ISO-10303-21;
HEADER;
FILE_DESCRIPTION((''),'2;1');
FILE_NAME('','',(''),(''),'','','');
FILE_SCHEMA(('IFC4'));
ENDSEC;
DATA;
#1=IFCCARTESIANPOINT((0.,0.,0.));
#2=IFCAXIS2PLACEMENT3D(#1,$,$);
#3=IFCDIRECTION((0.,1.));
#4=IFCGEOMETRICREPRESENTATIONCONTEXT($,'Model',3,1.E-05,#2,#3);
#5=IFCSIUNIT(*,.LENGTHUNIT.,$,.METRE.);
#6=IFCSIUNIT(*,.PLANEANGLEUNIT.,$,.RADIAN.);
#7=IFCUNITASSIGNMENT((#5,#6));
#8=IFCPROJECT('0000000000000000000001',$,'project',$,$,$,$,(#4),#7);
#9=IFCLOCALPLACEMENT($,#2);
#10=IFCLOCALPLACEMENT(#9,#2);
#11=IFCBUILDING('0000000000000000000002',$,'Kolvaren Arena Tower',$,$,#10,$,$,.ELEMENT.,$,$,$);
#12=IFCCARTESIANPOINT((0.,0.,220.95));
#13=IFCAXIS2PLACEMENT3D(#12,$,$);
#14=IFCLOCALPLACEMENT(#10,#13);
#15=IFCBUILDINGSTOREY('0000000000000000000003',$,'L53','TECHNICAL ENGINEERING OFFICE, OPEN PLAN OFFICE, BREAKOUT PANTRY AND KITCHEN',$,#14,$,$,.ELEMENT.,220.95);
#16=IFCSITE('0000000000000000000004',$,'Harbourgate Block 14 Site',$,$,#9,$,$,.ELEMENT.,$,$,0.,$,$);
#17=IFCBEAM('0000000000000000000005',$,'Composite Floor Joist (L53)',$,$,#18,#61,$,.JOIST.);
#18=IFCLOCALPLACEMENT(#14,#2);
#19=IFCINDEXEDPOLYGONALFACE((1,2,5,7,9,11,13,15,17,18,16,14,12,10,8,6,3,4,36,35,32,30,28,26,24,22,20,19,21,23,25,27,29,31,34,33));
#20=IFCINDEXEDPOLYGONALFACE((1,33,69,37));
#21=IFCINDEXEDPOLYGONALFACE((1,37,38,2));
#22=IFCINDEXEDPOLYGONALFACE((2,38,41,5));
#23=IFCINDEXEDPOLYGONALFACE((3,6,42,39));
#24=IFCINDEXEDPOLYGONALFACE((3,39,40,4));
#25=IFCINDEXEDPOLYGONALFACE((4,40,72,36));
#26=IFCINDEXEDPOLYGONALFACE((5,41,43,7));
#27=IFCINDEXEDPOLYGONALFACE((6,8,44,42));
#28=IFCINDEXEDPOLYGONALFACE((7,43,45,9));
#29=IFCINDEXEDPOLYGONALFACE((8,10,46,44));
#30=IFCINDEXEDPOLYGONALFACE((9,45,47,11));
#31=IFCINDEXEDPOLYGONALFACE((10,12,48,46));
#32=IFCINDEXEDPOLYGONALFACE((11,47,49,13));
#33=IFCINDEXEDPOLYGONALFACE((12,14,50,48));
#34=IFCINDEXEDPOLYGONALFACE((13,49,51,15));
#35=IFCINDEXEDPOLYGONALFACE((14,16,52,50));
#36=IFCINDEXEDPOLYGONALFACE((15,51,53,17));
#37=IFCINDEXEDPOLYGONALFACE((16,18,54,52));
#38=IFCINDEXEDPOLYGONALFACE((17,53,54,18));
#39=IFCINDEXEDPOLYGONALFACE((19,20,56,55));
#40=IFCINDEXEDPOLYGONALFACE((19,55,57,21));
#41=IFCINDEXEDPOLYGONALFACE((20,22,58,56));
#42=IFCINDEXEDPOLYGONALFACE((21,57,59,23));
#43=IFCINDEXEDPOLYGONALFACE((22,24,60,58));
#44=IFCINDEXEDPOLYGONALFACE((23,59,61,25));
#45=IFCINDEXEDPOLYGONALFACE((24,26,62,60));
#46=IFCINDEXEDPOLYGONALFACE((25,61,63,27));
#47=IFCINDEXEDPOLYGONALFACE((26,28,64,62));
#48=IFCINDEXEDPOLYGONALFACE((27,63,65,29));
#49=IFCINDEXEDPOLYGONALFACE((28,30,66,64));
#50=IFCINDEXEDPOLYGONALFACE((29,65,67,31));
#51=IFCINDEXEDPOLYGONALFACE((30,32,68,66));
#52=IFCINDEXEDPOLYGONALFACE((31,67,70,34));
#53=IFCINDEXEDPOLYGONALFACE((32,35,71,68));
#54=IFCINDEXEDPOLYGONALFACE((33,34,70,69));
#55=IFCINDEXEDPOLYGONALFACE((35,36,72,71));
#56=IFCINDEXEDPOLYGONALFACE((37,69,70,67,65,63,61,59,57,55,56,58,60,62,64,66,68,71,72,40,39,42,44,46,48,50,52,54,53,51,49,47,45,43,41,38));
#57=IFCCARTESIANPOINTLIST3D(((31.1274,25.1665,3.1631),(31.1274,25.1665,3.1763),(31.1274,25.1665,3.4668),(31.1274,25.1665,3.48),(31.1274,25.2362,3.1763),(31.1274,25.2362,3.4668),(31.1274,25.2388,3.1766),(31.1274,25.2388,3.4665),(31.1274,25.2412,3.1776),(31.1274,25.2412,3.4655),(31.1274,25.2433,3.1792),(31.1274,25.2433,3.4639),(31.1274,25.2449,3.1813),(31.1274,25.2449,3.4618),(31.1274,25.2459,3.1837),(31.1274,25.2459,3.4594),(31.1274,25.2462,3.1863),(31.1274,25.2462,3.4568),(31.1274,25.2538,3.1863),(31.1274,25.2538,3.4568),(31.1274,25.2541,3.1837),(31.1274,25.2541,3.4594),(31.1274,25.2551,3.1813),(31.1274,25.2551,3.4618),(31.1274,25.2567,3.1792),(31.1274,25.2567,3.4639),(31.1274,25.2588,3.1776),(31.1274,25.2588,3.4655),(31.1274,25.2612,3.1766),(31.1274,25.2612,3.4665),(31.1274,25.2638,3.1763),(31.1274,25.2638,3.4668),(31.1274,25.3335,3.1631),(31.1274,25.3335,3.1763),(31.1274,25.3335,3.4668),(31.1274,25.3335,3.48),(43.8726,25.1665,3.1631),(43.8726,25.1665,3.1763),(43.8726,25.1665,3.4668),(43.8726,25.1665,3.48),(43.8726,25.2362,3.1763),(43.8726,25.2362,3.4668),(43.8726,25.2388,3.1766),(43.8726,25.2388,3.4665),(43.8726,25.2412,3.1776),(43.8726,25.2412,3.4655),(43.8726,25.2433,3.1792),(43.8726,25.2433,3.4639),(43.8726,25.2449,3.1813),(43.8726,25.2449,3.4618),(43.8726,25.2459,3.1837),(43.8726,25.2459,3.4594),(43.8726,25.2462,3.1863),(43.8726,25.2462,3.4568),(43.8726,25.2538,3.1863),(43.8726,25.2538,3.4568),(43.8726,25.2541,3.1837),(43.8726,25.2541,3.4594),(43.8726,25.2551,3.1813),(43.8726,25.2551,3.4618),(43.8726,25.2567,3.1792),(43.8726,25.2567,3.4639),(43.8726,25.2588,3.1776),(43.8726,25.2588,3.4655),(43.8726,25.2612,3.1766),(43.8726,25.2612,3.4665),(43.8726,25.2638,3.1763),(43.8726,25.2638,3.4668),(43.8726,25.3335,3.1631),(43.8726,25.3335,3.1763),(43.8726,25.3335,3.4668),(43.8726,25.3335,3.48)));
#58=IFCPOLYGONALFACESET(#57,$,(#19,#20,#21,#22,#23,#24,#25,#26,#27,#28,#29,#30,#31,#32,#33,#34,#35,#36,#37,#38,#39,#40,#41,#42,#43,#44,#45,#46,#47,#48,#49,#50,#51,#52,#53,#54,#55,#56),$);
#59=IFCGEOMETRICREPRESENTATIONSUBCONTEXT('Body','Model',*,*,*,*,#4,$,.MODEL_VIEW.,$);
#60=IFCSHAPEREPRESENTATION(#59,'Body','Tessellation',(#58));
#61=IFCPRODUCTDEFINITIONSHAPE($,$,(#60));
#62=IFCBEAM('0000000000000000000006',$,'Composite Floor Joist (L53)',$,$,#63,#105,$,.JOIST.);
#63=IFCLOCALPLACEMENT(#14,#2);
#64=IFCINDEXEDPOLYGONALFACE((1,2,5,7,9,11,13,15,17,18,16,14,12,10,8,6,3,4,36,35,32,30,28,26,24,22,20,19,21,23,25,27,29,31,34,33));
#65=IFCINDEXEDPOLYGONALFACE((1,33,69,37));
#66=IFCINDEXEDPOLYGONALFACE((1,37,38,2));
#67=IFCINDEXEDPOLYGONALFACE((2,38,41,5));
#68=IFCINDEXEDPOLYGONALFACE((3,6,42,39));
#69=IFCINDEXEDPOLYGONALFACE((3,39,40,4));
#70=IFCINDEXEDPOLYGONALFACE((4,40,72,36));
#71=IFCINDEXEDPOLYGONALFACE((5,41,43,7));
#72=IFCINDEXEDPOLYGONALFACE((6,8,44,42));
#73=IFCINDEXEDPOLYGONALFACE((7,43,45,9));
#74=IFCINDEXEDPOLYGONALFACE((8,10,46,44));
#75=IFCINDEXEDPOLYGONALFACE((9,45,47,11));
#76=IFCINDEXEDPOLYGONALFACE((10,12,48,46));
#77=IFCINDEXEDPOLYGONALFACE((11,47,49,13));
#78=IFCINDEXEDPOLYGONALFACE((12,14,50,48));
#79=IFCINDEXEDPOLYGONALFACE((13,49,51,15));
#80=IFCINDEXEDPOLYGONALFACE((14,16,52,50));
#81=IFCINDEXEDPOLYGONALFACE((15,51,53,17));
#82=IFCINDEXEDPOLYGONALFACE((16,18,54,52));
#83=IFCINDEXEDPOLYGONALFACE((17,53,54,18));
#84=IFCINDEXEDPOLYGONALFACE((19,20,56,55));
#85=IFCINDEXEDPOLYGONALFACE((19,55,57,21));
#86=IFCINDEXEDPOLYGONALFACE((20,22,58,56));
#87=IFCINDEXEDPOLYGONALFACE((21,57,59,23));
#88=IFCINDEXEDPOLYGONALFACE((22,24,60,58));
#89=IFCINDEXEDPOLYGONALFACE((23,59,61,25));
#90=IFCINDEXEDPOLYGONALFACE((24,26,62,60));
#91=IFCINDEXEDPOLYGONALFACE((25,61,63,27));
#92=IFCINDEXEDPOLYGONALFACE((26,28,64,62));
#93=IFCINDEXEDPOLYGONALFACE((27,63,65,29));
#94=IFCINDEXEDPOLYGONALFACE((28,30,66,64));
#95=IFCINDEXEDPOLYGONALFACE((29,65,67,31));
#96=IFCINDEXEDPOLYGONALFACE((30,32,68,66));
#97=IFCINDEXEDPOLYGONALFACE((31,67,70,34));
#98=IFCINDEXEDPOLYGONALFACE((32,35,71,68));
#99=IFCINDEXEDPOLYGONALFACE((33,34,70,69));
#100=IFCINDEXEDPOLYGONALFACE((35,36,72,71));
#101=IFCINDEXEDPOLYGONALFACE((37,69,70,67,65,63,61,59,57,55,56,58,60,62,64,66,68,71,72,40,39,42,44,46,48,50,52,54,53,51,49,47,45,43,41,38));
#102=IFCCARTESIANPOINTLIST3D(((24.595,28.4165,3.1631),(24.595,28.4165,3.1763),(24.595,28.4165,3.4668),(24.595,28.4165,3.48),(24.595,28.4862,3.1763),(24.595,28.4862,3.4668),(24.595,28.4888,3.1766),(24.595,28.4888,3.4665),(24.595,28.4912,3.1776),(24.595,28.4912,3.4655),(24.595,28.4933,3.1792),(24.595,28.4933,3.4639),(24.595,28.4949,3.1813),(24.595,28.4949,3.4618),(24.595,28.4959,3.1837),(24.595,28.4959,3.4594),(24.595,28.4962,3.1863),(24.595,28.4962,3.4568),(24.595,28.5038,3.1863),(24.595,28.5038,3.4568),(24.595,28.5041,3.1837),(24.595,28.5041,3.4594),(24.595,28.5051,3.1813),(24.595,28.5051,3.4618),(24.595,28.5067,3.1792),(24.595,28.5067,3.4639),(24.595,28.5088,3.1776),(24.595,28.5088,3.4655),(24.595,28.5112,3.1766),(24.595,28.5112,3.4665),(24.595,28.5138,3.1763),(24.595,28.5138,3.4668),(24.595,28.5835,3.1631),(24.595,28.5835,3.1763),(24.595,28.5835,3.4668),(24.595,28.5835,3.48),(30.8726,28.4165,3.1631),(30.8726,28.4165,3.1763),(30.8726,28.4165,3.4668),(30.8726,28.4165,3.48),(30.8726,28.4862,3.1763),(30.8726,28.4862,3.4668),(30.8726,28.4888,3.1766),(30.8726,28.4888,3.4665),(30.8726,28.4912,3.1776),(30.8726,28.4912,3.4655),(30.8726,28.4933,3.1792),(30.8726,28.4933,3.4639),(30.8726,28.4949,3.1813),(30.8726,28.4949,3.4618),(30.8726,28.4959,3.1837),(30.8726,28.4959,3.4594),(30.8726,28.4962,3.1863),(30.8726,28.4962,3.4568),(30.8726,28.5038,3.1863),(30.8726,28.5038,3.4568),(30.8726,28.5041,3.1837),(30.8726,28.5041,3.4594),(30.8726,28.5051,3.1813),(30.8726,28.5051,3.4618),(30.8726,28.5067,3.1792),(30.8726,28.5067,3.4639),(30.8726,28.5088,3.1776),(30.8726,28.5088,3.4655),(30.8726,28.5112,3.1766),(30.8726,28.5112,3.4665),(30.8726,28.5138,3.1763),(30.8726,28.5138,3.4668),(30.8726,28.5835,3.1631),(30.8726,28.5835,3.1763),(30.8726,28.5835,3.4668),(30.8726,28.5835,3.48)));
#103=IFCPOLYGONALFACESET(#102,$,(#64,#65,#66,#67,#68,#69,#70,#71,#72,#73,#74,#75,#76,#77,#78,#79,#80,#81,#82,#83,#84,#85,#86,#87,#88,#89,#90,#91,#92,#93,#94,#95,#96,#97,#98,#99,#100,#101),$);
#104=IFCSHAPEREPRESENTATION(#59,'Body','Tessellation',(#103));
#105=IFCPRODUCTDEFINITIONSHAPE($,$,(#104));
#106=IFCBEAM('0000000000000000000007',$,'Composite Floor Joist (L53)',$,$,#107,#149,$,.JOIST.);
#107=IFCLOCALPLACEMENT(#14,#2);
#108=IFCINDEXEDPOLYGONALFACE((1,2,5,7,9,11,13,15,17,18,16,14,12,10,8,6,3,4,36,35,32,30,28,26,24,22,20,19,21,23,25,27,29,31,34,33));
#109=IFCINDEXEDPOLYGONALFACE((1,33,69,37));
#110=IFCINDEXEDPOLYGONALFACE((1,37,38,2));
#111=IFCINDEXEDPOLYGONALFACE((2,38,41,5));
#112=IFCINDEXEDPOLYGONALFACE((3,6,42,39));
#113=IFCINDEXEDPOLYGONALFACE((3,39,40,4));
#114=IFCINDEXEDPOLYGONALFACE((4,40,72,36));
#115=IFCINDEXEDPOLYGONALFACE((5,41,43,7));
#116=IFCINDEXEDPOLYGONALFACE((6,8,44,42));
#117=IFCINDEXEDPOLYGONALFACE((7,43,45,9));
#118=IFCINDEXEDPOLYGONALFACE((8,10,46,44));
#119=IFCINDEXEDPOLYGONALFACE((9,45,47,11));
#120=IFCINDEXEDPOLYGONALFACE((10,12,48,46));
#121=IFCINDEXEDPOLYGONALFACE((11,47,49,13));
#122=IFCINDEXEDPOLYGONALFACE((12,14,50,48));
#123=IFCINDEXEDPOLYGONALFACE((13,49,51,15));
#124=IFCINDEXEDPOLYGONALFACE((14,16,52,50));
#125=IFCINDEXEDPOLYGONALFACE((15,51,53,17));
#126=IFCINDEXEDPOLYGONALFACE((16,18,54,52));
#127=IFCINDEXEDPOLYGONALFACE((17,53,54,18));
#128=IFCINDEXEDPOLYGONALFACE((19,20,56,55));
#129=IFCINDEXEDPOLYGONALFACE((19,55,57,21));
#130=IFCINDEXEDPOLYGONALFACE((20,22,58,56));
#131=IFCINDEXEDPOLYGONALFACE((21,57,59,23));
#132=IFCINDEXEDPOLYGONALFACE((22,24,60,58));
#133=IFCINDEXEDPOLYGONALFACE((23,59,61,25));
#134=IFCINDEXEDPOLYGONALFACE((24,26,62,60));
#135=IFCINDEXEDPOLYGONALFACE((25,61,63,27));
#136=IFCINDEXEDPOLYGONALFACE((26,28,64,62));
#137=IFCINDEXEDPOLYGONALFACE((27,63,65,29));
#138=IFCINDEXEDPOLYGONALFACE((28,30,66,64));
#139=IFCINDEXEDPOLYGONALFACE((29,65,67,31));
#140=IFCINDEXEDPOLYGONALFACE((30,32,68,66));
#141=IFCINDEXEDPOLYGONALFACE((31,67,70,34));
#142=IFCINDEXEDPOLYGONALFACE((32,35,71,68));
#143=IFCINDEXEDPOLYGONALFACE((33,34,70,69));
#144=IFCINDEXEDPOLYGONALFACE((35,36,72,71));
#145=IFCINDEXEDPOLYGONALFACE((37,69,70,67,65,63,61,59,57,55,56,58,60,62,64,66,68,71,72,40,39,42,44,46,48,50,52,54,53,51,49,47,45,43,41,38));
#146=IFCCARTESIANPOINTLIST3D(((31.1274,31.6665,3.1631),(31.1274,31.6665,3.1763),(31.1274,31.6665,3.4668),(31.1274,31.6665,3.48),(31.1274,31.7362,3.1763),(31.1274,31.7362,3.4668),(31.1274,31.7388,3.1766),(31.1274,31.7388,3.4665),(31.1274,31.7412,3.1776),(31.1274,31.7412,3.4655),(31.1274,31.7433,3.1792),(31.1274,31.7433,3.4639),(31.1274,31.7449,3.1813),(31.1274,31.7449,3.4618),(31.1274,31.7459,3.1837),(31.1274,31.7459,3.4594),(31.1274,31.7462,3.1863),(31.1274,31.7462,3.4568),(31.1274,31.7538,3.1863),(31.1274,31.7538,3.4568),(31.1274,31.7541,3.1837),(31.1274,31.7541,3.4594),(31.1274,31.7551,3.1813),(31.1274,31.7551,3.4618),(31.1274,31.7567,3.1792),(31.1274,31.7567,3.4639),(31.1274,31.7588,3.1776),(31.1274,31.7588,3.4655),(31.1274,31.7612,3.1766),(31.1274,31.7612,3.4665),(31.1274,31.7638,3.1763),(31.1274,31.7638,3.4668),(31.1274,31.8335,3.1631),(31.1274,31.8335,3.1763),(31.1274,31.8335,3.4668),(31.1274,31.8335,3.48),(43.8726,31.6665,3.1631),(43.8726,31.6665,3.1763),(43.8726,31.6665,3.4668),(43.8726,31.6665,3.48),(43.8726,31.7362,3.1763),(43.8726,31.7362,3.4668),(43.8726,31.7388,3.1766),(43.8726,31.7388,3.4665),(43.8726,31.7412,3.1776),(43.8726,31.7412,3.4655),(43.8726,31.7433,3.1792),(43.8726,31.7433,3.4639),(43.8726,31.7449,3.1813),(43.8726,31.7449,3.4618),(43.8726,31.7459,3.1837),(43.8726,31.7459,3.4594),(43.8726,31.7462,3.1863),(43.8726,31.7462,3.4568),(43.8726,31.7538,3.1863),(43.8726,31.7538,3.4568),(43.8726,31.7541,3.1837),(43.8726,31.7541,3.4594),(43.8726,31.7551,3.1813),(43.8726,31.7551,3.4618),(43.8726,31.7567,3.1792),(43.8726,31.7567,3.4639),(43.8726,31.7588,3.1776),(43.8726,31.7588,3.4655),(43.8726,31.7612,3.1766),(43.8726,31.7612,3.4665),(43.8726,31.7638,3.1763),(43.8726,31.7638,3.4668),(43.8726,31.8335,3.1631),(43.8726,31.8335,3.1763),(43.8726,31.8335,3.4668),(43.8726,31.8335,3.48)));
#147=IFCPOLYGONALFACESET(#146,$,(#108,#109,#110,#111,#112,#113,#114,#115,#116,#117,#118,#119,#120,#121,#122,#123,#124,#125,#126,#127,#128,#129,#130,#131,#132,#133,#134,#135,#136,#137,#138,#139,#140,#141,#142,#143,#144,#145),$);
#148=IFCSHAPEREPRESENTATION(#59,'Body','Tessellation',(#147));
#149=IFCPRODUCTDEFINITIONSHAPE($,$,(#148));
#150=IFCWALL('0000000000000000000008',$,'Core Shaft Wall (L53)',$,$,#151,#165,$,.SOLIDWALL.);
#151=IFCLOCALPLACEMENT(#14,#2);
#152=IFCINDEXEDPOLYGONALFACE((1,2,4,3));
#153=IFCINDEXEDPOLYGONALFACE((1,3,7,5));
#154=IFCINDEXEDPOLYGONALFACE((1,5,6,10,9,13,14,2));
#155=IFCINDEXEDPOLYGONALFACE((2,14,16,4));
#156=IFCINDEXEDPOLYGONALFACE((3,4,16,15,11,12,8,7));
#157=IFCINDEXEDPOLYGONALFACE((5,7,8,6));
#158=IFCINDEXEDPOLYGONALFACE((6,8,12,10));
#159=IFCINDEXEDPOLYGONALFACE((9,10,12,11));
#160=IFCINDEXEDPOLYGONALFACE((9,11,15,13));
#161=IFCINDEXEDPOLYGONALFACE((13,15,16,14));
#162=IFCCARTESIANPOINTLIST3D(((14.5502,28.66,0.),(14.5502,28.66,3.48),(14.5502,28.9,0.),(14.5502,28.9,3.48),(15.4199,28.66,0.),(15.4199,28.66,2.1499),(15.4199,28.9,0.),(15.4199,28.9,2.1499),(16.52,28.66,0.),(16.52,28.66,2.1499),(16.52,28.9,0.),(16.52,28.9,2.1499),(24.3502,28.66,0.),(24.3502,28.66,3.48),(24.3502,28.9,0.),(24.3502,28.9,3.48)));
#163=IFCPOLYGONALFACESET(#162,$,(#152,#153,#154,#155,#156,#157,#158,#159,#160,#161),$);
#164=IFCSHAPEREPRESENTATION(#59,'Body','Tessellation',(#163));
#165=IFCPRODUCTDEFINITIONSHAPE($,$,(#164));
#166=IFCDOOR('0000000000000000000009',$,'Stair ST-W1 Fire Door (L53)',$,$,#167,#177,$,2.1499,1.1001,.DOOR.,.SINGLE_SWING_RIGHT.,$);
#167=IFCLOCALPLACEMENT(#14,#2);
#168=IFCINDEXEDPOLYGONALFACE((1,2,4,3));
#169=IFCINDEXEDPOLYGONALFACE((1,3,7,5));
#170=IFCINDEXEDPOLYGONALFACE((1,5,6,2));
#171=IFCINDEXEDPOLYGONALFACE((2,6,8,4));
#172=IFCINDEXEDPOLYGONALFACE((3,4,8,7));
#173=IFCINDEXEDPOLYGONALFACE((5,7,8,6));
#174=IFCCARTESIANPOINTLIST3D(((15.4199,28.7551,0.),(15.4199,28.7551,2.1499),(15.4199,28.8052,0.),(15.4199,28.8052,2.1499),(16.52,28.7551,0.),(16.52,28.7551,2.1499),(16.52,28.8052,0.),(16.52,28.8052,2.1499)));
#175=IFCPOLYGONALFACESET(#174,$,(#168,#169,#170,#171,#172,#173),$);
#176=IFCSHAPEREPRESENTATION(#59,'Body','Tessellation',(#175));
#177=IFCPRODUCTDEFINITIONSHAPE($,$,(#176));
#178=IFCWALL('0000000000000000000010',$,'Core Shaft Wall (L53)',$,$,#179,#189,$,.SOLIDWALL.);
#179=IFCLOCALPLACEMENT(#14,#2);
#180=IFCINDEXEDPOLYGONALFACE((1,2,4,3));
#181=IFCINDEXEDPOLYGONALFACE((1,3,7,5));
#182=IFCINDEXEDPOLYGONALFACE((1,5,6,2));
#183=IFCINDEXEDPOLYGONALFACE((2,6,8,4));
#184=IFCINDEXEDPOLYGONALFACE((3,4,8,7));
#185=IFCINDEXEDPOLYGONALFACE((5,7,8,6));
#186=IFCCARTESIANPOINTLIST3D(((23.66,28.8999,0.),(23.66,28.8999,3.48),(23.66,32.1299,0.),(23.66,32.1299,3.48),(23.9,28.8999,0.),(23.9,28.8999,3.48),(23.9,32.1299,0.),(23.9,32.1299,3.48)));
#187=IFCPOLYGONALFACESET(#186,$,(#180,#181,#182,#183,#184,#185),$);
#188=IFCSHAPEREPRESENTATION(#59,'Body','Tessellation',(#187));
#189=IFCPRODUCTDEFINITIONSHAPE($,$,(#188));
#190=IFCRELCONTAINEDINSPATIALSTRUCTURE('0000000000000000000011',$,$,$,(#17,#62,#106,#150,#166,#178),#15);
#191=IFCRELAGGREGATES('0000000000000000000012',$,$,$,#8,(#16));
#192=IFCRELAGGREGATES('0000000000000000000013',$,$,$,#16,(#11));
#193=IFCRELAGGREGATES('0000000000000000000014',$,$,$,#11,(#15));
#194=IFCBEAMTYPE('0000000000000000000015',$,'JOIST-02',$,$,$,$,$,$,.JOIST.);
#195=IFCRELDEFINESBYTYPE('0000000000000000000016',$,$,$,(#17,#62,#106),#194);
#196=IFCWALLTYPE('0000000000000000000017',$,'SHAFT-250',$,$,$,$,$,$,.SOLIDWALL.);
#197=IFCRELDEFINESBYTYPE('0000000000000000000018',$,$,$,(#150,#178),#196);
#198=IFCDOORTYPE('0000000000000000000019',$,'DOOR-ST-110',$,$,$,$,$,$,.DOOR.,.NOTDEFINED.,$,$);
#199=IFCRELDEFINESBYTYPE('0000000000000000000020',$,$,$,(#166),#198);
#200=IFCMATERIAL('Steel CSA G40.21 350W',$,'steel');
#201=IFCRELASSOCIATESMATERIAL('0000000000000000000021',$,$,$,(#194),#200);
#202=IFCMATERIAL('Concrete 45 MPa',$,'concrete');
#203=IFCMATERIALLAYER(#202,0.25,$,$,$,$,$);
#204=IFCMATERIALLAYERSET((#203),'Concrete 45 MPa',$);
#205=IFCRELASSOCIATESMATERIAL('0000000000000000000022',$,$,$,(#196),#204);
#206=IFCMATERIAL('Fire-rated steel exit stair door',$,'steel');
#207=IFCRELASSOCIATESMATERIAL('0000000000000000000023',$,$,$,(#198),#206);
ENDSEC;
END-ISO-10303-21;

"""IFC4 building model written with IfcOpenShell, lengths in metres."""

from ifc_helpers import new_model, si_unit, direction, frame, frame_2d, origin, origin_2d, place, context, subcontext, project, spatial, rectangle, i_section, extrude, material, layer, layer_set, material_profile, profile_set, type_object, element, fill, save


model = new_model("IFC4")

# Units and contexts
model_context = context("Model", 3, precision=1e-05, world=origin(), true_north=direction((0.0, 1.0)))
body_context = subcontext(model_context, "Body", "Model", "MODEL_VIEW")
ifc_project = project(units=[si_unit("LENGTHUNIT", "METRE"), si_unit("PLANEANGLEUNIT", "RADIAN")], contexts=[model_context])

# Site, building, storey
site_placement = place(None, origin())
site = spatial("IfcSite", under=ifc_project, at=site_placement, Name="Harbourgate Block 14 Site", CompositionType="ELEMENT", RefElevation=0.0)
building_placement = place(site_placement, origin())
building = spatial("IfcBuilding", under=site, at=building_placement, Name="Kolvaren Arena Tower", CompositionType="ELEMENT")
storey_placement = place(building_placement, frame((0.0, 0.0, 220.95)))
storey = spatial("IfcBuildingStorey", under=building, at=storey_placement, Name="L53", Description="TECHNICAL ENGINEERING OFFICE, OPEN PLAN OFFICE, BREAKOUT PANTRY AND KITCHEN", CompositionType="ELEMENT", Elevation=220.95)

# Beams
ifc_material_1 = material(Name="Steel CSA G40.21 350W", Category="steel")
ifc_material_profile_1 = material_profile(ifc_material_1, i_section(OverallWidth=0.167, OverallDepth=0.3169, WebThickness=0.0076, FlangeThickness=0.0132, FilletRadius=0.01, at=origin_2d()), Name="W310x52")
ifc_profile_set_1 = profile_set([ifc_material_profile_1], Name="Steel CSA G40.21 350W")
beam_type_1 = type_object("IfcBeamType", Name="JOIST-02", PredefinedType="JOIST", material=ifc_profile_set_1)
beam_1_placement = place(storey_placement, frame((31.1274, 25.25, 3.3215), z_axis=(1.0, 0.0, 0.0), x_axis=(0.0, 1.0, 0.0)))
element("IfcBeam", 1, at=beam_1_placement, inside=storey, type_object=beam_type_1, Name="Composite Floor Joist (L53)", PredefinedType="JOIST", context=body_context, shape_type="SweptSolid", body=[
    extrude(i_section(OverallWidth=0.167, OverallDepth=0.3169, WebThickness=0.0076, FlangeThickness=0.0132, FilletRadius=0.01, at=origin_2d()), origin(), (0.0, 0.0, 1.0), 12.7451),
])
beam_2_placement = place(storey_placement, frame((24.595, 28.5, 3.3215), z_axis=(1.0, 0.0, 0.0), x_axis=(0.0, 1.0, 0.0)))
element("IfcBeam", 2, at=beam_2_placement, inside=storey, type_object=beam_type_1, Name="Composite Floor Joist (L53)", PredefinedType="JOIST", context=body_context, shape_type="SweptSolid", body=[
    extrude(i_section(OverallWidth=0.167, OverallDepth=0.3169, WebThickness=0.0076, FlangeThickness=0.0132, FilletRadius=0.01, at=origin_2d()), origin(), (0.0, 0.0, 1.0), 6.2776),
])
beam_3_placement = place(storey_placement, frame((31.1274, 31.75, 3.3215), z_axis=(1.0, 0.0, 0.0), x_axis=(0.0, 1.0, 0.0)))
element("IfcBeam", 3, at=beam_3_placement, inside=storey, type_object=beam_type_1, Name="Composite Floor Joist (L53)", PredefinedType="JOIST", context=body_context, shape_type="SweptSolid", body=[
    extrude(i_section(OverallWidth=0.167, OverallDepth=0.3169, WebThickness=0.0076, FlangeThickness=0.0132, FilletRadius=0.01, at=origin_2d()), origin(), (0.0, 0.0, 1.0), 12.7451),
])

# Wall, opening, door
ifc_material_2 = material(Name="Concrete 45 MPa", Category="concrete")
ifc_layer = layer(ifc_material_2, 0.25)
ifc_layer_set = layer_set([ifc_layer], Name="Concrete 45 MPa")
wall_type = type_object("IfcWallType", Name="SHAFT-250", PredefinedType="SOLIDWALL", material=ifc_layer_set)
wall_1_placement = place(storey_placement, frame((24.3501, 28.78, 0.0), z_axis=(0.0, 0.0, 1.0), x_axis=(-1.0, 0.0, 0.0)))
wall_1 = element("IfcWall", 4, at=wall_1_placement, inside=storey, type_object=wall_type, Name="Core Shaft Wall (L53)", PredefinedType="SOLIDWALL", context=body_context, shape_type="SweptSolid", body=[
    extrude(rectangle(XDim=9.8, YDim=0.24, at=frame_2d((4.8999, 0.0))), origin(), (0.0, 0.0, 1.0), 3.48),
])
opening_placement = place(wall_1_placement, frame((7.8301, 0.0, 0.0)))
opening = element("IfcOpeningElement", 5, at=opening_placement, cuts=wall_1, PredefinedType="OPENING", context=body_context, shape_type="SweptSolid", body=[
    extrude(rectangle(XDim=1.1001, YDim=2.1499, at=frame_2d((0.55, 1.075))), frame((0.0, 0.1299, 0.0), z_axis=(0.0, -1.0, 0.0), x_axis=(1.0, 0.0, 0.0)), (0.0, 0.0, 1.0), 0.26),
])
ifc_material_3 = material(Name="Fire-rated steel exit stair door", Category="steel")
door_type = type_object("IfcDoorType", Name="DOOR-ST-110", OperationType="NOTDEFINED", PredefinedType="DOOR", material=ifc_material_3)
door_placement = place(opening_placement, origin())
door = element("IfcDoor", 6, at=door_placement, inside=storey, type_object=door_type, Name="Stair ST-W1 Fire Door (L53)", OperationType="SINGLE_SWING_RIGHT", OverallHeight=2.1499, OverallWidth=1.1001, PredefinedType="DOOR", context=body_context, shape_type="SweptSolid", body=[
    extrude(rectangle(XDim=1.1001, YDim=2.1499, at=frame_2d((0.55, 1.075))), frame((0.0, 0.0249, 0.0), z_axis=(0.0, -1.0, 0.0), x_axis=(1.0, 0.0, 0.0)), (0.0, 0.0, 1.0), 0.05),
])
fill(opening, door)

# Wall
wall_2_placement = place(storey_placement, frame((23.78, 28.8999, 0.0), z_axis=(0.0, 0.0, 1.0), x_axis=(0.0, 1.0, 0.0)))
element("IfcWall", 7, at=wall_2_placement, inside=storey, type_object=wall_type, Name="Core Shaft Wall (L53)", PredefinedType="SOLIDWALL", context=body_context, shape_type="SweptSolid", body=[
    extrude(rectangle(XDim=3.23, YDim=0.24, at=frame_2d((1.615, 0.0))), origin(), (0.0, 0.0, 1.0), 3.48),
])

save(model, "model.ifc")
